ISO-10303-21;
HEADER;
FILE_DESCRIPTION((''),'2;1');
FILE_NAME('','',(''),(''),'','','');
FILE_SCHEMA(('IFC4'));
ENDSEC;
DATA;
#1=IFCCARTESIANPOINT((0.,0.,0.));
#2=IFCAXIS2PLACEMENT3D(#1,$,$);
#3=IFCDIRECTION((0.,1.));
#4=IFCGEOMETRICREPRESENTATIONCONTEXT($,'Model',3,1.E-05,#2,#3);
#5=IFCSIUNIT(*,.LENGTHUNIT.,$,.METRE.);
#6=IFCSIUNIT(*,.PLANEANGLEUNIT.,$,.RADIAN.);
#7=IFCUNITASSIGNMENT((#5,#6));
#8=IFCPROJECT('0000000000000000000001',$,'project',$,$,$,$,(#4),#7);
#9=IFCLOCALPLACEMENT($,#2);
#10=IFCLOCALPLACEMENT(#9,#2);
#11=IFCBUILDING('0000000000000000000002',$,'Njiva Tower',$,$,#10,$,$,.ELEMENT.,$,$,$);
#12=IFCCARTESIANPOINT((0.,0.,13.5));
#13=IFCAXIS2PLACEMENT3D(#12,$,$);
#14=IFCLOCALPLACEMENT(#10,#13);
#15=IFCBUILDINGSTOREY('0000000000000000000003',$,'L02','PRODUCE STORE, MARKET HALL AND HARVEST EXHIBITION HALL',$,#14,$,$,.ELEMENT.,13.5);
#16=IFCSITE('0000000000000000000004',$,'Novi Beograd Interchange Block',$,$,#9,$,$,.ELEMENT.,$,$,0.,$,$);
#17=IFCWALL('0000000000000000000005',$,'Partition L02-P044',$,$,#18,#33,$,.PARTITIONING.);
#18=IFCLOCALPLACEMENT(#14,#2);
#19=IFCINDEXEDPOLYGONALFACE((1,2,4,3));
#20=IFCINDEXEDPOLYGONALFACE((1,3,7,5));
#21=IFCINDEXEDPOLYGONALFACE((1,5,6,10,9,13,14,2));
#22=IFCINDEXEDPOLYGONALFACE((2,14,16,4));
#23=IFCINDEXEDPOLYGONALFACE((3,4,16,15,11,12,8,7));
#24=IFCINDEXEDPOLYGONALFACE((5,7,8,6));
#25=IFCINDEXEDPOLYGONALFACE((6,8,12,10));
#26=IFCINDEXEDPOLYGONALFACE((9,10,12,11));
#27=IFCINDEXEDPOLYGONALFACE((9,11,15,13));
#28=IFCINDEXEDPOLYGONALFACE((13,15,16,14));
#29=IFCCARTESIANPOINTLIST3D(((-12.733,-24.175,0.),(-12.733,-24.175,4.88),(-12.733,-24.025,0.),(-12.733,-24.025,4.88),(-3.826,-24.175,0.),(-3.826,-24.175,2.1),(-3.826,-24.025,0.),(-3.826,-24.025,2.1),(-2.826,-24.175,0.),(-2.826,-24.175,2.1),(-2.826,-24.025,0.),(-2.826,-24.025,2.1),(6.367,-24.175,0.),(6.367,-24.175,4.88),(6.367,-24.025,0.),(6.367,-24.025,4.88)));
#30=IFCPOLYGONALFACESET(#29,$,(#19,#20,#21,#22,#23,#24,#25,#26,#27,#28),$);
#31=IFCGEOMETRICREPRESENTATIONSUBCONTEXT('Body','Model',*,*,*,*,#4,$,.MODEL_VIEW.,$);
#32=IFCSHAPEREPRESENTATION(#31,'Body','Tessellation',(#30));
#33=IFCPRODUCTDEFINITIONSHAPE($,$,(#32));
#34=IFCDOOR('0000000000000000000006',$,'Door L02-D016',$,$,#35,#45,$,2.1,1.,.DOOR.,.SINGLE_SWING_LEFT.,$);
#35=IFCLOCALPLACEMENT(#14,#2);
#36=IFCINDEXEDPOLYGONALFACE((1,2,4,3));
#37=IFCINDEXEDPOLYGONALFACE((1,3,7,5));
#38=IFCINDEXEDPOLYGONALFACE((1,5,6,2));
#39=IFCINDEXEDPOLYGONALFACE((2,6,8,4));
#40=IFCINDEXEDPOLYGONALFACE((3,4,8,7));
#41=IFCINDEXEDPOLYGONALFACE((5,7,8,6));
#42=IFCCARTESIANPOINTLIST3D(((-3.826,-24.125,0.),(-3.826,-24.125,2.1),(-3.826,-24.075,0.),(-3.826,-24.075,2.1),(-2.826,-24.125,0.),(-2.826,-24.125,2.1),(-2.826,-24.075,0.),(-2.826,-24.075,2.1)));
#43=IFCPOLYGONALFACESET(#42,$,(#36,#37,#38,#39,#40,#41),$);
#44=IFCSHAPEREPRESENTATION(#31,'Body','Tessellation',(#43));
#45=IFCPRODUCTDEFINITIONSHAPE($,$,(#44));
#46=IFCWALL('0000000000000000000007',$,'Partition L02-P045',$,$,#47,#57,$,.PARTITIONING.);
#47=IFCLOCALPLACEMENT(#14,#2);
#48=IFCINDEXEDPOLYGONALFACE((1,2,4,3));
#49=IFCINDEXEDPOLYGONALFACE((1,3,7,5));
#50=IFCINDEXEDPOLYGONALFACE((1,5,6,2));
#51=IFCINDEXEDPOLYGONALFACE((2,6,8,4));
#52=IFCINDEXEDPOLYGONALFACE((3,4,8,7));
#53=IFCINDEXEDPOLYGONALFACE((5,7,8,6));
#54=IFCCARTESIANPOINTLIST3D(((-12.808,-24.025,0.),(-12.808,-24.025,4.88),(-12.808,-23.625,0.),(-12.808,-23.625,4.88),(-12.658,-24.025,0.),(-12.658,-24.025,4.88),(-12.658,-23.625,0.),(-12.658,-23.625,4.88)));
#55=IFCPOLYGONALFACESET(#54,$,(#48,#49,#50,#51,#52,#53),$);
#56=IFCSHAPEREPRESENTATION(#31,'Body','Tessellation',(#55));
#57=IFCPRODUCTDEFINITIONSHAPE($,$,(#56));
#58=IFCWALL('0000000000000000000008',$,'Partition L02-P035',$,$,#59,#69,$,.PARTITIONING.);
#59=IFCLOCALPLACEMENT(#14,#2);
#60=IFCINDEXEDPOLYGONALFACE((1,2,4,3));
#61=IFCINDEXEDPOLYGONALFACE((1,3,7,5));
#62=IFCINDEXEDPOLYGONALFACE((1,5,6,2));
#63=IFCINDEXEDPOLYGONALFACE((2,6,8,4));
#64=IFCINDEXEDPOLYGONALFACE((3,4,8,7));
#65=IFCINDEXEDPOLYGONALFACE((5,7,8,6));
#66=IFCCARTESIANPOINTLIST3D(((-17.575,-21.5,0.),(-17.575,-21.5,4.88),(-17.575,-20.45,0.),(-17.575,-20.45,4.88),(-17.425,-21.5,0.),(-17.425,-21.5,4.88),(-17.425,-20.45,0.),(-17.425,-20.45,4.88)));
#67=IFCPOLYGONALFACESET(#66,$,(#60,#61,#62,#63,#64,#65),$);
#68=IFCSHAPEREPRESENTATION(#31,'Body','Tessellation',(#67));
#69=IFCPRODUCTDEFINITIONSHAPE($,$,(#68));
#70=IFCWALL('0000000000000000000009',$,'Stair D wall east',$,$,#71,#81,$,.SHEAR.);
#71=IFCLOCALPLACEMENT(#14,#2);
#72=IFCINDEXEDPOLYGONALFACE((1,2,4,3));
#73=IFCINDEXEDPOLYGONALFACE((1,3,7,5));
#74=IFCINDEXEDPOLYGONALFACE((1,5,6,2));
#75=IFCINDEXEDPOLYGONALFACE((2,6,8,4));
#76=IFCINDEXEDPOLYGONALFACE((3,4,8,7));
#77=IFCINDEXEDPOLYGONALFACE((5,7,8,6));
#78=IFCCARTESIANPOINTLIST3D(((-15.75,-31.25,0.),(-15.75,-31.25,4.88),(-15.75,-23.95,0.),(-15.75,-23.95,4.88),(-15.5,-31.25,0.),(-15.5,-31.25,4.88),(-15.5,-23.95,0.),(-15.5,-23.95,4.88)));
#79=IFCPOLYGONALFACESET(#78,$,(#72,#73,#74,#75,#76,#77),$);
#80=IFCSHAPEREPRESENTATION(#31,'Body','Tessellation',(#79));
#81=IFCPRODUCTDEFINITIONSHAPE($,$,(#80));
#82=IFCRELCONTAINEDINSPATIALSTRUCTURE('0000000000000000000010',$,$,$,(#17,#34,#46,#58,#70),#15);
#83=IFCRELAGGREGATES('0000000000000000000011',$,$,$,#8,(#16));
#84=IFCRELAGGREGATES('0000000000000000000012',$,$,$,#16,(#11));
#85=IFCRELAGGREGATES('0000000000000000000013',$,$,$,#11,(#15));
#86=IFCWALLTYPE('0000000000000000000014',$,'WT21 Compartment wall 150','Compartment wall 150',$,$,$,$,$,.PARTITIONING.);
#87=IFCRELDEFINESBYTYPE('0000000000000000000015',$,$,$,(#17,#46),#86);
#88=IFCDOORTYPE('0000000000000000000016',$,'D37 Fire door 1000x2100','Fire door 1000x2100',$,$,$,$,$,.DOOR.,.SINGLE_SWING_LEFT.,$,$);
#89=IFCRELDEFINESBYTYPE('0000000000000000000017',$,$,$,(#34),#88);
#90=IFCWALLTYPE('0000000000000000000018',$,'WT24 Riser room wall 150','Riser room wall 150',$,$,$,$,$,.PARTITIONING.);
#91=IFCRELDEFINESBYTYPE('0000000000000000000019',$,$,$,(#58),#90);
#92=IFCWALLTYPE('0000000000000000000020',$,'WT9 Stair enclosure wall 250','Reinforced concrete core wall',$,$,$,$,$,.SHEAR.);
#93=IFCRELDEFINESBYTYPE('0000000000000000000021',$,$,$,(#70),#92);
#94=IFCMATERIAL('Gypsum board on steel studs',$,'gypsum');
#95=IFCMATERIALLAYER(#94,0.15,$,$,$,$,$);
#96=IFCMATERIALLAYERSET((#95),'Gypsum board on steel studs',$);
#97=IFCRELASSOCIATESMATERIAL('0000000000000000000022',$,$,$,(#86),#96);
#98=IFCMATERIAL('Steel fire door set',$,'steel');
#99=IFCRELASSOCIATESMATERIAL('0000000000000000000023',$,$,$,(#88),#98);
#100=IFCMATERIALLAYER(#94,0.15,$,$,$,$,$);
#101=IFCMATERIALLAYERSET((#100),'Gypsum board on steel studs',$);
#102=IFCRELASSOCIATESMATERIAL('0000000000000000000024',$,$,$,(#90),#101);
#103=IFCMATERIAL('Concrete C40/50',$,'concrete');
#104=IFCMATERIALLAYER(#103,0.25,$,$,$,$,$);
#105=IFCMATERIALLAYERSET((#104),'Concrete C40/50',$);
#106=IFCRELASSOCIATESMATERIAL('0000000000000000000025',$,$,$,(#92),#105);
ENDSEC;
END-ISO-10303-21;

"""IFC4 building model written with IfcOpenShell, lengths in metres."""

from ifc_helpers import new_model, si_unit, direction, frame, frame_2d, origin, place, context, subcontext, project, spatial, rectangle, extrude, material, layer, layer_set, type_object, element, fill, save


model = new_model("IFC4")

# Units and contexts
model_context = context("Model", 3, precision=1e-05, world=origin(), true_north=direction((0.0, 1.0)))
body_context = subcontext(model_context, "Body", "Model", "MODEL_VIEW")
ifc_project = project(units=[si_unit("LENGTHUNIT", "METRE"), si_unit("PLANEANGLEUNIT", "RADIAN")], contexts=[model_context])

# Site, building, storey
site_placement = place(None, origin())
site = spatial("IfcSite", under=ifc_project, at=site_placement, Name="Novi Beograd Interchange Block", CompositionType="ELEMENT", RefElevation=0.0)
building_placement = place(site_placement, origin())
building = spatial("IfcBuilding", under=site, at=building_placement, Name="Njiva Tower", CompositionType="ELEMENT")
storey_placement = place(building_placement, frame((0.0, 0.0, 13.5)))
storey = spatial("IfcBuildingStorey", under=building, at=storey_placement, Name="L02", Description="PRODUCE STORE, MARKET HALL AND HARVEST EXHIBITION HALL", CompositionType="ELEMENT", Elevation=13.5)

# Shared definitions
ifc_material_1 = material(Name="Gypsum board on steel studs", Category="gypsum")
ifc_layer_1 = layer(ifc_material_1, 0.15)
ifc_layer_set_1 = layer_set([ifc_layer_1], Name="Gypsum board on steel studs")
wall_type_1 = type_object("IfcWallType", Name="WT21 Compartment wall 150", Description="Compartment wall 150", PredefinedType="PARTITIONING", material=ifc_layer_set_1)

# Shared definitions
ifc_material_2 = material(Name="Steel fire door set", Category="steel")
door_type_1 = type_object("IfcDoorType", Name="D37 Fire door 1000x2100", Description="Fire door 1000x2100", OperationType="SINGLE_SWING_LEFT", PredefinedType="DOOR", material=ifc_material_2)

# Wall, opening, door
wall_1_placement = place(storey_placement, frame((-12.733, -24.1, 0.0), z_axis=(0.0, 0.0, 1.0), x_axis=(1.0, 0.0, 0.0)))
wall_1 = element("IfcWall", 1, at=wall_1_placement, inside=storey, type_object=wall_type_1, Name="Partition L02-P044", PredefinedType="PARTITIONING", context=body_context, shape_type="SweptSolid", body=[
    extrude(rectangle(XDim=19.1, YDim=0.15, at=frame_2d((9.55, 0.0))), origin(), (0.0, 0.0, 1.0), 4.88),
])
opening_1_placement = place(wall_1_placement, frame((8.907, 0.0, 0.0)))
opening_1 = element("IfcOpeningElement", 2, at=opening_1_placement, cuts=wall_1, PredefinedType="OPENING", context=body_context, shape_type="SweptSolid", body=[
    extrude(rectangle(XDim=1.0, YDim=2.1, at=frame_2d((0.5, 1.05))), frame((0.0, 0.085, 0.0), z_axis=(0.0, -1.0, 0.0), x_axis=(1.0, 0.0, 0.0)), (0.0, 0.0, 1.0), 0.17),
])
door_1_placement = place(opening_1_placement, origin())
door_1 = element("IfcDoor", 3, at=door_1_placement, inside=storey, type_object=door_type_1, Name="Door L02-D016", OperationType="SINGLE_SWING_LEFT", OverallHeight=2.1, OverallWidth=1.0, PredefinedType="DOOR", context=body_context, shape_type="SweptSolid", body=[
    extrude(rectangle(XDim=1.0, YDim=2.1, at=frame_2d((0.5, 1.05))), frame((0.0, 0.025, 0.0), z_axis=(0.0, -1.0, 0.0), x_axis=(1.0, 0.0, 0.0)), (0.0, 0.0, 1.0), 0.05),
])
fill(opening_1, door_1)

# Walls
wall_2_placement = place(storey_placement, frame((-12.733, -24.025, 0.0), z_axis=(0.0, 0.0, 1.0), x_axis=(0.0, 1.0, 0.0)))
element("IfcWall", 4, at=wall_2_placement, inside=storey, type_object=wall_type_1, Name="Partition L02-P045", PredefinedType="PARTITIONING", context=body_context, shape_type="SweptSolid", body=[
    extrude(rectangle(XDim=0.4, YDim=0.15, at=frame_2d((0.2, 0.0))), origin(), (0.0, 0.0, 1.0), 4.88),
])
ifc_layer_2 = layer(ifc_material_1, 0.15)
ifc_layer_set_2 = layer_set([ifc_layer_2], Name="Gypsum board on steel studs")
wall_type_2 = type_object("IfcWallType", Name="WT24 Riser room wall 150", Description="Riser room wall 150", PredefinedType="PARTITIONING", material=ifc_layer_set_2)
wall_3_placement = place(storey_placement, frame((-17.5, -21.5, 0.0), z_axis=(0.0, 0.0, 1.0), x_axis=(0.0, 1.0, 0.0)))
element("IfcWall", 5, at=wall_3_placement, inside=storey, type_object=wall_type_2, Name="Partition L02-P035", PredefinedType="PARTITIONING", context=body_context, shape_type="SweptSolid", body=[
    extrude(rectangle(XDim=1.05, YDim=0.15, at=frame_2d((0.525, 0.0))), origin(), (0.0, 0.0, 1.0), 4.88),
])
ifc_material_3 = material(Name="Concrete C40/50", Category="concrete")
ifc_layer_3 = layer(ifc_material_3, 0.25)
ifc_layer_set_3 = layer_set([ifc_layer_3], Name="Concrete C40/50")
wall_type_3 = type_object("IfcWallType", Name="WT9 Stair enclosure wall 250", Description="Reinforced concrete core wall", PredefinedType="SHEAR", material=ifc_layer_set_3)
wall_4_placement = place(storey_placement, frame((-15.625, -31.25, 0.0), z_axis=(0.0, 0.0, 1.0), x_axis=(0.0, 1.0, 0.0)))
element("IfcWall", 6, at=wall_4_placement, inside=storey, type_object=wall_type_3, Name="Stair D wall east", PredefinedType="SHEAR", context=body_context, shape_type="SweptSolid", body=[
    extrude(rectangle(XDim=7.3, YDim=0.25, at=frame_2d((3.65, 0.0))), origin(), (0.0, 0.0, 1.0), 4.88),
])

save(model, "model.ifc")
